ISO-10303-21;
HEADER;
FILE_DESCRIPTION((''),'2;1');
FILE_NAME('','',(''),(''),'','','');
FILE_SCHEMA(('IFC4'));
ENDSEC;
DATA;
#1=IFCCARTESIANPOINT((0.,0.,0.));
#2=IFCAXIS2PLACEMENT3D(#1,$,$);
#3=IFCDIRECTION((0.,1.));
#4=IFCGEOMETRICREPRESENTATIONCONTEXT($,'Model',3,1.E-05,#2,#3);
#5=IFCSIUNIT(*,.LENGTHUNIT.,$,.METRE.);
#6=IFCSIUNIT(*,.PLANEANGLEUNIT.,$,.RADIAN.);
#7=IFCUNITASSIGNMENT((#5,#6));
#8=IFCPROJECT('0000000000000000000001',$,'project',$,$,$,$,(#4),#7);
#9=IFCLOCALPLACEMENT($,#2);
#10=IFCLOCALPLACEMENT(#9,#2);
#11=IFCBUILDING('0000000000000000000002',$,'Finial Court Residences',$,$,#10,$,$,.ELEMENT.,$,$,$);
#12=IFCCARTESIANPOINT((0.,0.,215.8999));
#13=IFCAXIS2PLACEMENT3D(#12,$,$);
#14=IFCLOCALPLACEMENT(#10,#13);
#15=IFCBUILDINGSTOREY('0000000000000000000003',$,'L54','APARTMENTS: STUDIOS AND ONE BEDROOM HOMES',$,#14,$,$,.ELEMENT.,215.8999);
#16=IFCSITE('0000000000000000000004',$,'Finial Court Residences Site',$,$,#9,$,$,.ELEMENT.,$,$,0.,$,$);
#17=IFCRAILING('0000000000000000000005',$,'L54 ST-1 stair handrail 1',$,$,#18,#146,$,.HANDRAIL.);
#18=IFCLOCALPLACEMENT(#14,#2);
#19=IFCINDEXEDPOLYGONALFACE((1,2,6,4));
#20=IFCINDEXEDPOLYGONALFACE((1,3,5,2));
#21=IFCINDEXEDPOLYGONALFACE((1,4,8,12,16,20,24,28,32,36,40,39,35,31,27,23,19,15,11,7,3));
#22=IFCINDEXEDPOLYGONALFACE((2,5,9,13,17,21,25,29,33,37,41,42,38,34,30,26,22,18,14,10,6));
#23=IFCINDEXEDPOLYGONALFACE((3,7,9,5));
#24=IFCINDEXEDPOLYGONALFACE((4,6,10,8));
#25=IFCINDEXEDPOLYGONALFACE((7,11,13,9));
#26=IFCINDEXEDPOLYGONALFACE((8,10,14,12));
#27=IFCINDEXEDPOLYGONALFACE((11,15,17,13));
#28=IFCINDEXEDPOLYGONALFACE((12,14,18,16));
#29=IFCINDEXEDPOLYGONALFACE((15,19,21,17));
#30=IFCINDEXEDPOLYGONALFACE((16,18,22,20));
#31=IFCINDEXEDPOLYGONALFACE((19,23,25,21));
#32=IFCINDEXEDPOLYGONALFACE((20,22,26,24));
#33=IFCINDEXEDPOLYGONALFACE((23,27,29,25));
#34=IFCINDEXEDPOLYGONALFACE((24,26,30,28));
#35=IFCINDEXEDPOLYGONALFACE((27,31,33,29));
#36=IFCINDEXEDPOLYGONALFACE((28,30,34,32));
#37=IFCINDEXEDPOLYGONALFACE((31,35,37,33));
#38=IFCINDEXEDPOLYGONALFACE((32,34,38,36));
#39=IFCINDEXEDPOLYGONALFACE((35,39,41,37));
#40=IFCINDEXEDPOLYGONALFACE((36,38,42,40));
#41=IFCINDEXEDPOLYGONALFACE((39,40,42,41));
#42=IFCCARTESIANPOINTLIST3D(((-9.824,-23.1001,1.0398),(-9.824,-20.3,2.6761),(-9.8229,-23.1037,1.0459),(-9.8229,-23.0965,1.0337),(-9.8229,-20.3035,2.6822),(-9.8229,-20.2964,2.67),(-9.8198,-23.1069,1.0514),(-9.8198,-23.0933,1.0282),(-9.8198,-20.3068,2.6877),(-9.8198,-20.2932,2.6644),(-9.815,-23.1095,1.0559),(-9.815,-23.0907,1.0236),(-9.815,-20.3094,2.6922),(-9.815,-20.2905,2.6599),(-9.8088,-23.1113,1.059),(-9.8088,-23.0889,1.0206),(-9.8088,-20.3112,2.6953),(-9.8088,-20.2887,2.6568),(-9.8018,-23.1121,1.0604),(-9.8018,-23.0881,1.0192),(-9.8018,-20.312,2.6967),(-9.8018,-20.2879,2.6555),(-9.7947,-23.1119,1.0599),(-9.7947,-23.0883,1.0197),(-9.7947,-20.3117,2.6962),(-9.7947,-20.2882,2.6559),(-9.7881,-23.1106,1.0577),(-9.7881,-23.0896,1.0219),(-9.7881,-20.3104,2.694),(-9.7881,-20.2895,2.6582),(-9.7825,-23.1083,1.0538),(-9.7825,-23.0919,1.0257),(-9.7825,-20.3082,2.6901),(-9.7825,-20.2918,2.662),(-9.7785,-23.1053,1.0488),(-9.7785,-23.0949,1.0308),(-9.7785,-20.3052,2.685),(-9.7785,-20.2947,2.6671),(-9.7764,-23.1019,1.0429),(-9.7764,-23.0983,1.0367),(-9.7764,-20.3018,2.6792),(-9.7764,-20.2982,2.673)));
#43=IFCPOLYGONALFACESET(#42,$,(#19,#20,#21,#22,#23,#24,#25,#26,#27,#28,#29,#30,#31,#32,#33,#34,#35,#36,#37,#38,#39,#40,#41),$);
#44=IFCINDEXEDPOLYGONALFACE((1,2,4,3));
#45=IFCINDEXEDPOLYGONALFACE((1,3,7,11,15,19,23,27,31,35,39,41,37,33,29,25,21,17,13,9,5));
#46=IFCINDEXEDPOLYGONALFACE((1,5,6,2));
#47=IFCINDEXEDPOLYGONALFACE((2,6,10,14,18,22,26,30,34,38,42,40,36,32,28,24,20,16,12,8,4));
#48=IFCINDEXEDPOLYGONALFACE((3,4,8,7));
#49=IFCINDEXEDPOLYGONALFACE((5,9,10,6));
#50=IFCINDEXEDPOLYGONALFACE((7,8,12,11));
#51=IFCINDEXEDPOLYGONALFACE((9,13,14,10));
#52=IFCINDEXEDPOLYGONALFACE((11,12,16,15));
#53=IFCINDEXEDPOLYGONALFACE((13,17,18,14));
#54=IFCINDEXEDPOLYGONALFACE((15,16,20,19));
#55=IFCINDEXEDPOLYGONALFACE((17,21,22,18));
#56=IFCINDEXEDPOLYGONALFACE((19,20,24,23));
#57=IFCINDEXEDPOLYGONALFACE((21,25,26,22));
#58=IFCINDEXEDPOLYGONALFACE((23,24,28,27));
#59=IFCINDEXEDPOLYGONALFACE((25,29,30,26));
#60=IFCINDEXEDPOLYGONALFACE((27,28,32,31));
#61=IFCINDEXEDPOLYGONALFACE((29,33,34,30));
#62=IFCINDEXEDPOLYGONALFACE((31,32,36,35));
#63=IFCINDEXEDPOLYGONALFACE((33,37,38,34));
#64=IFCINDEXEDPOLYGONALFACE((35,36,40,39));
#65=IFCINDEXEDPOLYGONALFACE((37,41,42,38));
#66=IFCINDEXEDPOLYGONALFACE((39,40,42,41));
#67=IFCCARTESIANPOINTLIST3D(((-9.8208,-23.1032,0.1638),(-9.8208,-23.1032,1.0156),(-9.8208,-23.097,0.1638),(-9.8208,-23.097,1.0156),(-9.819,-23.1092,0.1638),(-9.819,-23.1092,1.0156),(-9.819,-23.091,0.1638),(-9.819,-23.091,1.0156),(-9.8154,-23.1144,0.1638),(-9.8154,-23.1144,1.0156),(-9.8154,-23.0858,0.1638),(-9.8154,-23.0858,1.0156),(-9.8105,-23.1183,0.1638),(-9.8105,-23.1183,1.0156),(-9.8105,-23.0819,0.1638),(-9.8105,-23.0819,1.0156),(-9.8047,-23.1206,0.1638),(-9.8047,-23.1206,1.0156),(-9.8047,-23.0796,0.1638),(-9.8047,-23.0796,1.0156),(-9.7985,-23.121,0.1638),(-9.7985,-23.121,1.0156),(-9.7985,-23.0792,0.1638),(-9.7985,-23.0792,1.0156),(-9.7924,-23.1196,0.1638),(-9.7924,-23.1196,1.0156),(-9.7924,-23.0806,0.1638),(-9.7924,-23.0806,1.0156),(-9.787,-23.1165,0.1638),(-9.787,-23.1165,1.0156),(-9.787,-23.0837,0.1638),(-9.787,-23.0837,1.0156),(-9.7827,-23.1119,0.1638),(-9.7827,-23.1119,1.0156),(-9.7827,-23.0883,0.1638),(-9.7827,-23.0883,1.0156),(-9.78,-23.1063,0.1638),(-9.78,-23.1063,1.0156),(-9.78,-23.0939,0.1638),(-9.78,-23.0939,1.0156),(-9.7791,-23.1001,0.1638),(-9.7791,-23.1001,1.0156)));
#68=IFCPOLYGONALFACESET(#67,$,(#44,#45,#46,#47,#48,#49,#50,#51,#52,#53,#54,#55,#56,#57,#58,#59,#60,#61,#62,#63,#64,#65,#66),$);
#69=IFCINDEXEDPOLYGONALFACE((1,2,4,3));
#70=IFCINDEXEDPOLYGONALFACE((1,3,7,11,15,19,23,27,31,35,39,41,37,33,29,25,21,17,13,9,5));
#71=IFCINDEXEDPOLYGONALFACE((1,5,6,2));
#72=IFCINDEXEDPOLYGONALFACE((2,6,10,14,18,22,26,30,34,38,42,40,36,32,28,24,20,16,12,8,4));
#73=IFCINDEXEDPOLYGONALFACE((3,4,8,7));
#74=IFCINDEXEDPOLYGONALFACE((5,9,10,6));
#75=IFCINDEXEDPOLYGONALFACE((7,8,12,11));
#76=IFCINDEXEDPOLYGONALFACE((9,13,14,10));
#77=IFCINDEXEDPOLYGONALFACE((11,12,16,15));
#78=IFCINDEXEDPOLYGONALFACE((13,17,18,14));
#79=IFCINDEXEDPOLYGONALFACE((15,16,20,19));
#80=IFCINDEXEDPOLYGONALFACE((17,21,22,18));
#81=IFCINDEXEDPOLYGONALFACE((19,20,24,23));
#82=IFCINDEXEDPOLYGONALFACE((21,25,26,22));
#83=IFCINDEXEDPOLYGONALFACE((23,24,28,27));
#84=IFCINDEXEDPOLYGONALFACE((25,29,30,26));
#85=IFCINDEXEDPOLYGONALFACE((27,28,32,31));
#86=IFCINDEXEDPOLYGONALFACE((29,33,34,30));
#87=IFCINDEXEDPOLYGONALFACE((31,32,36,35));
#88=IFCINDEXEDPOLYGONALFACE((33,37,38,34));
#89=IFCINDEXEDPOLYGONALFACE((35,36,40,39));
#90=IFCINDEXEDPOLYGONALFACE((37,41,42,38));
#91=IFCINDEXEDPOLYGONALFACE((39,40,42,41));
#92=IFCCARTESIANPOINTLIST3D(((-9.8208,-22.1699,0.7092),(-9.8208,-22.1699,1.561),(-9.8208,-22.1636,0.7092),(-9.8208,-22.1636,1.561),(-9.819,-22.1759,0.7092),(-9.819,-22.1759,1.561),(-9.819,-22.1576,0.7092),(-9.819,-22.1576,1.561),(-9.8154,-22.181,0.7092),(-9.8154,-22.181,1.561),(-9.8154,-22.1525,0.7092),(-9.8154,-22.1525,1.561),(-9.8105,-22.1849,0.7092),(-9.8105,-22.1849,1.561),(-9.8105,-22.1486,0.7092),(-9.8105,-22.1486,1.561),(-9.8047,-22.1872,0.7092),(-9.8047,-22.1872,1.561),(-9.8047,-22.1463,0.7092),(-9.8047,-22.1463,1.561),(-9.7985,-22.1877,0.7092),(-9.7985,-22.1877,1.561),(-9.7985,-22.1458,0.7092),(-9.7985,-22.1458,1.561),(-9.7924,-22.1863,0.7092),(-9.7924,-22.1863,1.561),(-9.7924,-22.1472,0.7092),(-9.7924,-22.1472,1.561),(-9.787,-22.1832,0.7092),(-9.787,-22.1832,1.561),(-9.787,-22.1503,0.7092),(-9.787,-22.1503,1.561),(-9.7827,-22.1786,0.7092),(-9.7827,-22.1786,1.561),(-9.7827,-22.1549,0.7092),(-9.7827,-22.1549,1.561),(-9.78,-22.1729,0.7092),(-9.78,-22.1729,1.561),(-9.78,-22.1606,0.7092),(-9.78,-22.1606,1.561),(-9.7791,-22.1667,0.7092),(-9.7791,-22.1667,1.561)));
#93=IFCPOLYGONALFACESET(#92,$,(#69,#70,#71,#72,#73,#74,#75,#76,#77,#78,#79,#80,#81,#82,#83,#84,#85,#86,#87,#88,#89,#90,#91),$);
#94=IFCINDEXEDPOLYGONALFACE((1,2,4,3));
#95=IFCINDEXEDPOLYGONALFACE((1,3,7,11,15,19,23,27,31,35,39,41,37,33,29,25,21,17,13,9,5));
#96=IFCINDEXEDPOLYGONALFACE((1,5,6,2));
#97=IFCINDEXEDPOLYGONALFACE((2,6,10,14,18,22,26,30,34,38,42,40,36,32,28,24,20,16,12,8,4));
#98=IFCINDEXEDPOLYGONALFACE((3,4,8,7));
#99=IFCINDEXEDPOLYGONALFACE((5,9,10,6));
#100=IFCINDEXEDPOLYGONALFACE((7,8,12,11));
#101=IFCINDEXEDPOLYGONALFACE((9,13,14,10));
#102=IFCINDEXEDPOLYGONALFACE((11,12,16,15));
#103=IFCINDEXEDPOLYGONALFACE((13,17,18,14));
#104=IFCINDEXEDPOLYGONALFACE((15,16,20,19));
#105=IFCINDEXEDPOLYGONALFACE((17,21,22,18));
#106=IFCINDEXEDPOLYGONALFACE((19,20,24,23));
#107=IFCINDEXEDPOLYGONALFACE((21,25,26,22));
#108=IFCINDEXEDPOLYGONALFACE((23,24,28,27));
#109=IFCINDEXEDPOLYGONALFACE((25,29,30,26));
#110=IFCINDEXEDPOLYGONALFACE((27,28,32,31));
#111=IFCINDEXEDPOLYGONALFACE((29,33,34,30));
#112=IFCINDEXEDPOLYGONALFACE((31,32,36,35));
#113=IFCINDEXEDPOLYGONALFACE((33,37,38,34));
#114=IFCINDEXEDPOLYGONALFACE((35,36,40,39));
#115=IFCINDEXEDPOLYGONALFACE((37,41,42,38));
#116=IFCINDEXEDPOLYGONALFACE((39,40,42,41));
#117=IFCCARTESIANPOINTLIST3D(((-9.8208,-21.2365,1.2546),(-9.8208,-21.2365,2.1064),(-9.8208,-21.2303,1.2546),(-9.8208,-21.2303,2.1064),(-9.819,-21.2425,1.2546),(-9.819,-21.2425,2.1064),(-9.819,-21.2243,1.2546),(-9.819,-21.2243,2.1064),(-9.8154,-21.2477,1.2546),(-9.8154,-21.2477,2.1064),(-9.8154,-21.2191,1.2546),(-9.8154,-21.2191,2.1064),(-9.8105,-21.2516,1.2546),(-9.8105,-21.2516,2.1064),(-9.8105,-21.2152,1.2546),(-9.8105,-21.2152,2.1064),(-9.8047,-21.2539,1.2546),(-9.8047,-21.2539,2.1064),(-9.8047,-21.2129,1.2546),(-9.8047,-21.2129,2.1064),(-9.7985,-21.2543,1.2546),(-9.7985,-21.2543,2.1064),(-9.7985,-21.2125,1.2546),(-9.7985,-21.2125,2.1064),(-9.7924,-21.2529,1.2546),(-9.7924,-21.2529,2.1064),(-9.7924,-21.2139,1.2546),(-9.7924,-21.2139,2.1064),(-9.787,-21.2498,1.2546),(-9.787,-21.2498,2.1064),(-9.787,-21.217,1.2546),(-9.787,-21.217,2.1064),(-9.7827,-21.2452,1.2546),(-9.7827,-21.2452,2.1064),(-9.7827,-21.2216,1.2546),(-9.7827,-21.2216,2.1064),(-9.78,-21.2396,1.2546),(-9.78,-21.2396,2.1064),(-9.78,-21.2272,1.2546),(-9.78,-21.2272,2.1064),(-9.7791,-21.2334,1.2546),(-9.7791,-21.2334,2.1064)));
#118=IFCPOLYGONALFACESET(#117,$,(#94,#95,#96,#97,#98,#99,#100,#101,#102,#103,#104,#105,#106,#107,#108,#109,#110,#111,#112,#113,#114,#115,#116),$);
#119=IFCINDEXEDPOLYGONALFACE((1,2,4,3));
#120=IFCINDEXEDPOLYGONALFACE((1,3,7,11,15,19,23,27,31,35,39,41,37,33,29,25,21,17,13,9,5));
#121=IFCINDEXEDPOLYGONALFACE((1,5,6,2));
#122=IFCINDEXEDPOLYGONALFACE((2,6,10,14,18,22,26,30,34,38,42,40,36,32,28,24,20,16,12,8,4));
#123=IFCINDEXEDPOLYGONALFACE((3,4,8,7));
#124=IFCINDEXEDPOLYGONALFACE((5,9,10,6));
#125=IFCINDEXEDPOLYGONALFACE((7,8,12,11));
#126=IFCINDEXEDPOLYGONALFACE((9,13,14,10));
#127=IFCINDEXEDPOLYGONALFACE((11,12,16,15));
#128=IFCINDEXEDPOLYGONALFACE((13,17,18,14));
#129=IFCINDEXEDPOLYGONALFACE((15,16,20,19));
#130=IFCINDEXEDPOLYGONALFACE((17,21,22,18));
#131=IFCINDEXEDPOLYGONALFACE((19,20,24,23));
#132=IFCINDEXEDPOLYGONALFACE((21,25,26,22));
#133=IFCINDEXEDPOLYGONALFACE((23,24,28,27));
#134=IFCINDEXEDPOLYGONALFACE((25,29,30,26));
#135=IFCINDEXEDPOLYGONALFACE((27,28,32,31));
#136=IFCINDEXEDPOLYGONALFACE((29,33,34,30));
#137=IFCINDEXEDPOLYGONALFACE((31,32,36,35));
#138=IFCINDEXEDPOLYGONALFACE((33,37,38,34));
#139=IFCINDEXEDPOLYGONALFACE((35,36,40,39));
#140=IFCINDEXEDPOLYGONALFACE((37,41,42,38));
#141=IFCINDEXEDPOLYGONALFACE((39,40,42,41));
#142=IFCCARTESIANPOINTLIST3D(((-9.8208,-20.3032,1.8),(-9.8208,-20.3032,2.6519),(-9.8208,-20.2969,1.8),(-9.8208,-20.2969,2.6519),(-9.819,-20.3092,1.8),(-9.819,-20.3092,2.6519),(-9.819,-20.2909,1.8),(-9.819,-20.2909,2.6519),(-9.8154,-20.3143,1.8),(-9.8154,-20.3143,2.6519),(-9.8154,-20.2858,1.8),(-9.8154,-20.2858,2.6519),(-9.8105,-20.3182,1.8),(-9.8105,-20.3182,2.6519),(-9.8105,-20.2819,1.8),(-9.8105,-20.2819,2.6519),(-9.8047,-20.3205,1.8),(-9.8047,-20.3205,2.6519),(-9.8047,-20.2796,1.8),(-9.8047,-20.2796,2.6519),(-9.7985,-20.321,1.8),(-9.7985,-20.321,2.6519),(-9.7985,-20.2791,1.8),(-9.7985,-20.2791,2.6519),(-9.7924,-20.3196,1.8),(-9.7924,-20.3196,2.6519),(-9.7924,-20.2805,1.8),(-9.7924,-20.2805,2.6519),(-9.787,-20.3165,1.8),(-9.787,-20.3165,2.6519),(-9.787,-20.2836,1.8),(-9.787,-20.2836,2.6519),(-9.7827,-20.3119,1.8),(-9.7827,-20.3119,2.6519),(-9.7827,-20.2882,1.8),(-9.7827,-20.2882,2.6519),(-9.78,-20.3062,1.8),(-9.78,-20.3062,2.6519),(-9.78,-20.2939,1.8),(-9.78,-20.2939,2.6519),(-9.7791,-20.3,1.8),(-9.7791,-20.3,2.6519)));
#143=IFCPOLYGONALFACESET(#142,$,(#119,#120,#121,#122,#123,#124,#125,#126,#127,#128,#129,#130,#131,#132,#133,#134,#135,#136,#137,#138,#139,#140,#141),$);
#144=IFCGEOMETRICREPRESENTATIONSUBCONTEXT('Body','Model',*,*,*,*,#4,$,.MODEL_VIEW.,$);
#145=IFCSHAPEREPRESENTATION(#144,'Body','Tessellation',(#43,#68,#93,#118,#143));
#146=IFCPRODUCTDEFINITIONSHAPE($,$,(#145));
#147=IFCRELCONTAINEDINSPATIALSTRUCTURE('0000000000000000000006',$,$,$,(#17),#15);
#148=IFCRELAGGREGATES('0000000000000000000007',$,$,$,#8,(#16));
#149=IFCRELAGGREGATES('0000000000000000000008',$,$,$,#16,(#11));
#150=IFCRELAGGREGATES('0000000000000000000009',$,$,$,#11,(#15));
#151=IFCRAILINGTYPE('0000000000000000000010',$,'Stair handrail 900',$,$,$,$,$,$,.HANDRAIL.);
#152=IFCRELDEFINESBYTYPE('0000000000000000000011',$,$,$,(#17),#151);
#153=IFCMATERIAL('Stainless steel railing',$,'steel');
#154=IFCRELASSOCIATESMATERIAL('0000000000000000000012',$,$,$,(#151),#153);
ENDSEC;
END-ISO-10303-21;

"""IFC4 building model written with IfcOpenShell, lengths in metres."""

from ifc_helpers import new_model, si_unit, direction, frame, origin, origin_2d, place, context, subcontext, project, spatial, circle, extrude, material, type_object, element, save


model = new_model("IFC4")

# Units and contexts
model_context = context("Model", 3, precision=1e-05, world=origin(), true_north=direction((0.0, 1.0)))
body_context = subcontext(model_context, "Body", "Model", "MODEL_VIEW")
ifc_project = project(units=[si_unit("LENGTHUNIT", "METRE"), si_unit("PLANEANGLEUNIT", "RADIAN")], contexts=[model_context])

# Site, building, storey
site_placement = place(None, origin())
site = spatial("IfcSite", under=ifc_project, at=site_placement, Name="Finial Court Residences Site", CompositionType="ELEMENT", RefElevation=0.0)
building_placement = place(site_placement, origin())
building = spatial("IfcBuilding", under=site, at=building_placement, Name="Finial Court Residences", CompositionType="ELEMENT")
storey_placement = place(building_placement, frame((0.0, 0.0, 215.8999)))
storey = spatial("IfcBuildingStorey", under=building, at=storey_placement, Name="L54", Description="APARTMENTS: STUDIOS AND ONE BEDROOM HOMES", CompositionType="ELEMENT", Elevation=215.8999)

# Railing
ifc_material_1 = material(Name="Stainless steel railing", Category="steel")
railing_type_1 = type_object("IfcRailingType", Name="Stair handrail 900", PredefinedType="HANDRAIL", material=ifc_material_1)
railing_1_placement = place(storey_placement, frame((-9.8, -23.1001, 0.1638)))
element("IfcRailing", 1, at=railing_1_placement, inside=storey, type_object=railing_type_1, Name="L54 ST-1 stair handrail 1", PredefinedType="HANDRAIL", context=body_context, shape_type="SweptSolid", body=[
    extrude(circle(Radius=0.0239, at=origin_2d()), frame((0.0, 0.0, 0.876), z_axis=(0.0, 0.863394, 0.504531), x_axis=(-1.0, 0.0, 0.0)), (0.0, 0.0, 1.0), 3.2432),
    extrude(circle(Radius=0.021, at=origin_2d()), origin(), (0.0, 0.0, 1.0), 0.8518),
    extrude(circle(Radius=0.021, at=origin_2d()), frame((0.0, 0.9333, 0.5454)), (0.0, 0.0, 1.0), 0.8518),
    extrude(circle(Radius=0.021, at=origin_2d()), frame((0.0, 1.8667, 1.0908)), (0.0, 0.0, 1.0), 0.8518),
    extrude(circle(Radius=0.021, at=origin_2d()), frame((0.0, 2.8, 1.6362)), (0.0, 0.0, 1.0), 0.8518),
])

save(model, "model.ifc")
